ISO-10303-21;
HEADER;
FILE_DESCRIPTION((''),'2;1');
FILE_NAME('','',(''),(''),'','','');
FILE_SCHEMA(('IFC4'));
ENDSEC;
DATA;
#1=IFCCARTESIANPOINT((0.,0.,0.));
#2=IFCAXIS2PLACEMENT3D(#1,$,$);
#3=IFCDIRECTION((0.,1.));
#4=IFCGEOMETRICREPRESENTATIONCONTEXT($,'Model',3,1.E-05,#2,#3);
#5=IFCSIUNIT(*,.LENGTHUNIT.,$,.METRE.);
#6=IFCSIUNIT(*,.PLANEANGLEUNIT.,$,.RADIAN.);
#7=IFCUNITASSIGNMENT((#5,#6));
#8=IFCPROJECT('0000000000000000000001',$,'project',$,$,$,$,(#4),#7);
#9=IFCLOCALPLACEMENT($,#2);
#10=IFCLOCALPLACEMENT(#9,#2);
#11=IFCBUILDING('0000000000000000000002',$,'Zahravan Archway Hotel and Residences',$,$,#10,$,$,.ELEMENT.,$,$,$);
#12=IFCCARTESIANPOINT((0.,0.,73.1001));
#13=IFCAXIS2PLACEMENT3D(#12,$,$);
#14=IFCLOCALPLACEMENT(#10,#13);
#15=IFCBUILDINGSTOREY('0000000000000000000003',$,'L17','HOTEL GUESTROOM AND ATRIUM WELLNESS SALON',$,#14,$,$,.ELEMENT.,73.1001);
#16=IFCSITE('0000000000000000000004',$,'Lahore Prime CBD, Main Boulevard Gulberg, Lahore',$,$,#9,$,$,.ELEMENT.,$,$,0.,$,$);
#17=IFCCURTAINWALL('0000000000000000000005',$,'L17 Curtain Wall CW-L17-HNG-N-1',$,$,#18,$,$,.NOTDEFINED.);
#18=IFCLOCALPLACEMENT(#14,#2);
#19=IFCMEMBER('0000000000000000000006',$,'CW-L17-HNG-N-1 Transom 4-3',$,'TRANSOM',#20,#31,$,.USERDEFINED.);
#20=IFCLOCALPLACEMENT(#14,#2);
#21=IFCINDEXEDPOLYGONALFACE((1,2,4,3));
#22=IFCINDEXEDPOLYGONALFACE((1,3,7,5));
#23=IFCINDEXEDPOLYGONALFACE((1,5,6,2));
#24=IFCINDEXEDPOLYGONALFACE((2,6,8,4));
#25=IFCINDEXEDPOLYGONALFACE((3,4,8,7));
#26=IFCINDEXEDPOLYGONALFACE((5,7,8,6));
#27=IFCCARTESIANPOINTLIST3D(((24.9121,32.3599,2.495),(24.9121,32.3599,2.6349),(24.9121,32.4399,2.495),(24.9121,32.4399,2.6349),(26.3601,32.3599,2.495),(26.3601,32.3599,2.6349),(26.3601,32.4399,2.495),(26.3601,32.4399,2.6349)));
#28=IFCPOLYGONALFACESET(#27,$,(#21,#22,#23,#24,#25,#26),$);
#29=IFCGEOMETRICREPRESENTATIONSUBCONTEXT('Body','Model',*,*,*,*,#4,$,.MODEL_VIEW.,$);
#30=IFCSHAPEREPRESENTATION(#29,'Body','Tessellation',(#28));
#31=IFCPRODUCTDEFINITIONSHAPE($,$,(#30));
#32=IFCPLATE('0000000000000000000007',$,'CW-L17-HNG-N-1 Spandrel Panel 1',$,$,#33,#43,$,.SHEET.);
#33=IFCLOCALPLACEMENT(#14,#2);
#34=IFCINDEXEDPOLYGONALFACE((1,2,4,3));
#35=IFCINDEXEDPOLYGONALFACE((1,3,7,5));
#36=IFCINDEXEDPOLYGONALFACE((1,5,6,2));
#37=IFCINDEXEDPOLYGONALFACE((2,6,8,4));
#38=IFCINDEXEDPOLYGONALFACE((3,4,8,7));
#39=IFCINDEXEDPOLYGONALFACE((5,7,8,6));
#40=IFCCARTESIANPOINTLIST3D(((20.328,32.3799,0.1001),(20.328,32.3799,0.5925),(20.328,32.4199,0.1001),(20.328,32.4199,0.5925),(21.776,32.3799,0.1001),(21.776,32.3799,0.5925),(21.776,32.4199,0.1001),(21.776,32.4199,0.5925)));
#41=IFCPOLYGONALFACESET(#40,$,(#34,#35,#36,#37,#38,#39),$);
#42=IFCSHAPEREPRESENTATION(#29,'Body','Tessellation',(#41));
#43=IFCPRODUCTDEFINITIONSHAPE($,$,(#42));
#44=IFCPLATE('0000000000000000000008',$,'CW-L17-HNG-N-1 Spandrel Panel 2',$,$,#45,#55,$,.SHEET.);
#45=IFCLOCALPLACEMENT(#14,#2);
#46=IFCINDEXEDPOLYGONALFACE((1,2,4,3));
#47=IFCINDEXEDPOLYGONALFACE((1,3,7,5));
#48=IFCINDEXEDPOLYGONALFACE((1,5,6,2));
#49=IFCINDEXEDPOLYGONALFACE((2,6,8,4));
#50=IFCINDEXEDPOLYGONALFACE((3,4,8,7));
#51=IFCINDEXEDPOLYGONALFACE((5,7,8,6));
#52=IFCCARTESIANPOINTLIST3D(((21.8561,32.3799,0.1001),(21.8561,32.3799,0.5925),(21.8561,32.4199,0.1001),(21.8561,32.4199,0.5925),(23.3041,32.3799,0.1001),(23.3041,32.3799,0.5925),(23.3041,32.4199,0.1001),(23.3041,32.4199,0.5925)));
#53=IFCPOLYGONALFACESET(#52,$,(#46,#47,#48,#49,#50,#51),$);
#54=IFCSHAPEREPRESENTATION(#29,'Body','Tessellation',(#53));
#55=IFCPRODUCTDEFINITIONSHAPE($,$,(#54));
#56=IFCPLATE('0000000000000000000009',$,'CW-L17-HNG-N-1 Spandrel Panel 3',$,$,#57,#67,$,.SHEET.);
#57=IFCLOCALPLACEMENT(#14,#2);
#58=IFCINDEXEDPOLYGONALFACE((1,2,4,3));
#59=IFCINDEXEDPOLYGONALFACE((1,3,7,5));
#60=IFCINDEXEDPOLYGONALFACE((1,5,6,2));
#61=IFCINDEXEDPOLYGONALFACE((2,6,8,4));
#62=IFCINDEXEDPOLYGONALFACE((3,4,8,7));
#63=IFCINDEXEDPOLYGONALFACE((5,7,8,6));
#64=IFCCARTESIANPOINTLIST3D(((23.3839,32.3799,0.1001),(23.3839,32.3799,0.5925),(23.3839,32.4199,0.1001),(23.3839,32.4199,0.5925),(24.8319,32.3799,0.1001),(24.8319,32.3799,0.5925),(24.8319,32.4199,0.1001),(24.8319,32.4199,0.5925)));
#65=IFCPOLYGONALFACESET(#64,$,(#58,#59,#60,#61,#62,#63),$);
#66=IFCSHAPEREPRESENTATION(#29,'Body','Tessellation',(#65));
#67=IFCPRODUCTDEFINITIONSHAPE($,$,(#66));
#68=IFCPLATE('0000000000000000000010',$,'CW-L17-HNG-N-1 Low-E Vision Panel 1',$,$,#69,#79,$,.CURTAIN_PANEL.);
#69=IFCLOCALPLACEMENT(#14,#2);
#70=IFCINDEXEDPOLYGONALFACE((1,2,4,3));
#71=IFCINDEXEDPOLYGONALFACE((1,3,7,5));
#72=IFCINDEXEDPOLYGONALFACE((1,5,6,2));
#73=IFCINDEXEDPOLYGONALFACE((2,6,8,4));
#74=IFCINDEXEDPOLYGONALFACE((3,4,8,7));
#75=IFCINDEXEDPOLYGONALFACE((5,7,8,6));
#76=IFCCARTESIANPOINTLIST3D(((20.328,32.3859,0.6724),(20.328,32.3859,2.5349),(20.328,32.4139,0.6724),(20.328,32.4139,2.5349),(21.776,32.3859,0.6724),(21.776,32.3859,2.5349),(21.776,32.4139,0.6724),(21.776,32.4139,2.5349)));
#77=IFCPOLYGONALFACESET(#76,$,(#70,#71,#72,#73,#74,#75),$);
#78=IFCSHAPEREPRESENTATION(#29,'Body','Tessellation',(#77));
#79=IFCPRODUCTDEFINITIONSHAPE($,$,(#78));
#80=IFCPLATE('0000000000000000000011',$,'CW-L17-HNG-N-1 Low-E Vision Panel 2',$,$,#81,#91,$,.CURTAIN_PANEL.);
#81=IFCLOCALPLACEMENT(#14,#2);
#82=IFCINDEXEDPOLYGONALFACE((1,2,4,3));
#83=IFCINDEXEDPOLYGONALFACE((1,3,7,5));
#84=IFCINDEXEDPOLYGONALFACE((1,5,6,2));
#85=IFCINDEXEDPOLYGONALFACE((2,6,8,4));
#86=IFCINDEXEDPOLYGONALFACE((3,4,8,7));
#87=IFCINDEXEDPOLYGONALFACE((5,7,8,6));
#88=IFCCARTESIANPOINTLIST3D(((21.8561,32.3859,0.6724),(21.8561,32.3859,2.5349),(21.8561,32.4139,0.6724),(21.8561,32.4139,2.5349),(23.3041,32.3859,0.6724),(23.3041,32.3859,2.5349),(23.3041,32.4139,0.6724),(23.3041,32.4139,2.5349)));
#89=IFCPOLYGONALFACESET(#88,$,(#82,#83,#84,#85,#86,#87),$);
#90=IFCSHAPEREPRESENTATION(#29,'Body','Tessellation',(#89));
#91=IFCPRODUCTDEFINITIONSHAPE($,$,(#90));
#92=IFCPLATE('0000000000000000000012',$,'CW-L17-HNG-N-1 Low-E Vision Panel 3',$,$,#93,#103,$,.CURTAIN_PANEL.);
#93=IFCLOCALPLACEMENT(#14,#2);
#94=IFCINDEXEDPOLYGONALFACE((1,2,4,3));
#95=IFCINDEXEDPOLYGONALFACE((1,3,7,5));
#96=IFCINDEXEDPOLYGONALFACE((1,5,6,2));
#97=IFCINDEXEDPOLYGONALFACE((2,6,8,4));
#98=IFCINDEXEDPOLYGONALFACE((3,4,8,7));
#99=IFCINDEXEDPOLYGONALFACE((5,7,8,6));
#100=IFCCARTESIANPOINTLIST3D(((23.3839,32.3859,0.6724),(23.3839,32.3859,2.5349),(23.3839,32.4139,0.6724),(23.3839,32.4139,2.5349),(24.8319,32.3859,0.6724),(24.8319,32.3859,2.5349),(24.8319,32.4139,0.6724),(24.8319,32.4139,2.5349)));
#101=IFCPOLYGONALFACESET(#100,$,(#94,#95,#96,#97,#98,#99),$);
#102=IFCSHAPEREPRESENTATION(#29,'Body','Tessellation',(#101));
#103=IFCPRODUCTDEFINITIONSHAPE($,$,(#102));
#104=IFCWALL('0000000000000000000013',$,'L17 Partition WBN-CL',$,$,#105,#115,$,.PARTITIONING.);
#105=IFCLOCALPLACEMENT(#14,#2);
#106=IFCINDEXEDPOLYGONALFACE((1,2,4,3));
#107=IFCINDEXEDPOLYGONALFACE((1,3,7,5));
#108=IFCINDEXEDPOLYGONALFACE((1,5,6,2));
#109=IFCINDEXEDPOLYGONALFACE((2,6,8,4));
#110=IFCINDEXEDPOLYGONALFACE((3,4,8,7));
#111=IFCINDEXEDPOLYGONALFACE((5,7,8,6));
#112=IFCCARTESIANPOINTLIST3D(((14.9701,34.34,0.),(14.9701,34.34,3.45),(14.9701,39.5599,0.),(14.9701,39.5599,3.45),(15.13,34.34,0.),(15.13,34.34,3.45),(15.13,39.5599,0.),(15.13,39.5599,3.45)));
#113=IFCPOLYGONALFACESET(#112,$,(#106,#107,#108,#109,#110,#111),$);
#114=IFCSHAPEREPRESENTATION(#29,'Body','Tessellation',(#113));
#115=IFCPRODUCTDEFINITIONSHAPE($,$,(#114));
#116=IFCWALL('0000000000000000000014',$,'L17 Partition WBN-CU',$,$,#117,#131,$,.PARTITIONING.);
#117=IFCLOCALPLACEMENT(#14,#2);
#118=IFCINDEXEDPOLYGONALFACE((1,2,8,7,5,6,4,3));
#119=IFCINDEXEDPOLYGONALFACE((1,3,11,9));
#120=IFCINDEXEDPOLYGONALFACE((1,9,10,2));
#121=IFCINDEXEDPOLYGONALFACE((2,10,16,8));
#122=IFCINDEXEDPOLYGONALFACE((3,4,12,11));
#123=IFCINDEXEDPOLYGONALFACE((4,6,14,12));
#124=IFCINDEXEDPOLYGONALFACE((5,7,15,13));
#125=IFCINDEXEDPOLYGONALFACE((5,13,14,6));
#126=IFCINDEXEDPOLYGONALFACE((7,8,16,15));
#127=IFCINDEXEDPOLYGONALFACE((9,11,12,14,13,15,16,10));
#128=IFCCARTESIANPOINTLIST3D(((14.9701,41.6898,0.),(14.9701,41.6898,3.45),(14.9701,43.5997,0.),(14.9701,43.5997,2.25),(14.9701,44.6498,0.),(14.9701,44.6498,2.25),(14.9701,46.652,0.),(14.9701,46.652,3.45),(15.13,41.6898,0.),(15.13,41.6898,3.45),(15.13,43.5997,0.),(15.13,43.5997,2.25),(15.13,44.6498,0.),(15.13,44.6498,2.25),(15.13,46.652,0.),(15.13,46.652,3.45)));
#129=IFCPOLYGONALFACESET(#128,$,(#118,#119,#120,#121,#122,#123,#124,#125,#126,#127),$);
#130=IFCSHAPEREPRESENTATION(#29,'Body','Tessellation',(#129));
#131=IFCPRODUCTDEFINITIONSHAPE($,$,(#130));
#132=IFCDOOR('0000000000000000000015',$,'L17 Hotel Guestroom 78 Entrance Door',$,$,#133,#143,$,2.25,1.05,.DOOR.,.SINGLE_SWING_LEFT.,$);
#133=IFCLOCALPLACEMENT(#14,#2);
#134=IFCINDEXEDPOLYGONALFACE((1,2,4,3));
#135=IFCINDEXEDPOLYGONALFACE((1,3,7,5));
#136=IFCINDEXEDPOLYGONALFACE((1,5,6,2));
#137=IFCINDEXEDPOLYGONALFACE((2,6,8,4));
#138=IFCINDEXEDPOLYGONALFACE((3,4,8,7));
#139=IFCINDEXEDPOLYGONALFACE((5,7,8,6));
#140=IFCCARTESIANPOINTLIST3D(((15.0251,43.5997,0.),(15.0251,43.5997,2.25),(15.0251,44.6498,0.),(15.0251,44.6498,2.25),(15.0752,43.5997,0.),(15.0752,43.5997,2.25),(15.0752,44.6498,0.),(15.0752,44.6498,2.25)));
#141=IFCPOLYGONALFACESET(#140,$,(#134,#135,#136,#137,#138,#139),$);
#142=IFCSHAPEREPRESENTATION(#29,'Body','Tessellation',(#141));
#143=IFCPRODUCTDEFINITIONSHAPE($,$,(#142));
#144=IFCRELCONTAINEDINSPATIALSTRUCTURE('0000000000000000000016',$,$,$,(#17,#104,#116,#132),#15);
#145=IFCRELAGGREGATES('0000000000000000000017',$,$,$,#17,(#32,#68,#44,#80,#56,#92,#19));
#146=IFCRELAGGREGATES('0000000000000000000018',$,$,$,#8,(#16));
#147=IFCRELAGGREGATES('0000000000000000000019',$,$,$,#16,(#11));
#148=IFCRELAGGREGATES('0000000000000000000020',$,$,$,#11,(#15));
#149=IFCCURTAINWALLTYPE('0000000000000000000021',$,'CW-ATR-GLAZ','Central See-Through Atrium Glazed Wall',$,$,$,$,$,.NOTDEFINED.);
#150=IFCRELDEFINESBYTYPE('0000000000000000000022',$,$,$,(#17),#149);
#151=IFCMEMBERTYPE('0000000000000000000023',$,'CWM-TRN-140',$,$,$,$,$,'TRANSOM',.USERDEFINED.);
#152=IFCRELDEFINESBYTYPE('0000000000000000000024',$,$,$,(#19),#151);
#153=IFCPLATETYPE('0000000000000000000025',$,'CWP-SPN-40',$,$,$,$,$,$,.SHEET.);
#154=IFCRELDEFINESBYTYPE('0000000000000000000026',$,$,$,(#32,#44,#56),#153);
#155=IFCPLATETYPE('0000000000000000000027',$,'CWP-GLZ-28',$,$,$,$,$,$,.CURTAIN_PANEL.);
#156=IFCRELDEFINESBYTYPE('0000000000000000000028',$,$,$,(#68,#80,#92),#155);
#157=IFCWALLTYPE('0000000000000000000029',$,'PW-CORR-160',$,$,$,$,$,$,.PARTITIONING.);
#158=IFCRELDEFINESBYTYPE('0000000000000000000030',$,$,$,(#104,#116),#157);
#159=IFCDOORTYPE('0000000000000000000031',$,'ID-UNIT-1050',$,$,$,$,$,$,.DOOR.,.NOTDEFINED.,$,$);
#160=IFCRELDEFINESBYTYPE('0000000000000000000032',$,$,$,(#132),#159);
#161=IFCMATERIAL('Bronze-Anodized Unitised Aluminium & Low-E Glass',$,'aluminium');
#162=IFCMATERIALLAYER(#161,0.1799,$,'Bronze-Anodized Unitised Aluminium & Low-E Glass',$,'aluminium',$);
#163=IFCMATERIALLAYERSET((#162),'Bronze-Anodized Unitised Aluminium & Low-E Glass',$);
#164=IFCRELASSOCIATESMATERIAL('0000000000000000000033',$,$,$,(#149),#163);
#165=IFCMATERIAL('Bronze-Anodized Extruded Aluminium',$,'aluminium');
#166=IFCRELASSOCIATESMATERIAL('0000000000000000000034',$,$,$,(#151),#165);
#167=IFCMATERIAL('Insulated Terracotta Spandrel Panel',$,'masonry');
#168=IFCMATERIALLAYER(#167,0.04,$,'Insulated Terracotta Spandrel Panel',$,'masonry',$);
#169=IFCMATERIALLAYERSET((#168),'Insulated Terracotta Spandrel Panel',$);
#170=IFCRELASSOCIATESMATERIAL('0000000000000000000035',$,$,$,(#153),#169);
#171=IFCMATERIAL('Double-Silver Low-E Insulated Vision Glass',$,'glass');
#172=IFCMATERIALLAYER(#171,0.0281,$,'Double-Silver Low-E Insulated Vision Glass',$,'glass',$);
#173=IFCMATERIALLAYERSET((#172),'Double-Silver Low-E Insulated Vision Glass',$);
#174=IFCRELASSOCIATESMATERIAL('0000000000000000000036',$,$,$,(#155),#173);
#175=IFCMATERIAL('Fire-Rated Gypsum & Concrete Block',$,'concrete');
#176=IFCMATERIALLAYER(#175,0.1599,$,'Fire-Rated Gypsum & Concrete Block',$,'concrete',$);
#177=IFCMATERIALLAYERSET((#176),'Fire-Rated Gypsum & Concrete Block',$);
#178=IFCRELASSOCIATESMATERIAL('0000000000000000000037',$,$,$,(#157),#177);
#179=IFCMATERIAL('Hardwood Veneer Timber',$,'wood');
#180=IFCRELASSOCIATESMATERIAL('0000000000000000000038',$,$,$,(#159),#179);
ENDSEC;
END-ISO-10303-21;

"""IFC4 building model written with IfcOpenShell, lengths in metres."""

from ifc_helpers import new_model, si_unit, direction, frame, frame_2d, origin, origin_2d, place, context, subcontext, project, spatial, rectangle, extrude, source, transform, mapped, material, layer, layer_set, material_profile, profile_set, type_object, type_shapes, element, fill, aggregate, save


model = new_model("IFC4")

# Units and contexts
model_context = context("Model", 3, precision=1e-05, world=origin(), true_north=direction((0.0, 1.0)))
body_context = subcontext(model_context, "Body", "Model", "MODEL_VIEW")
ifc_project = project(units=[si_unit("LENGTHUNIT", "METRE"), si_unit("PLANEANGLEUNIT", "RADIAN")], contexts=[model_context])

# Site, building, storey
site_placement = place(None, origin())
site = spatial("IfcSite", under=ifc_project, at=site_placement, Name="Lahore Prime CBD, Main Boulevard Gulberg, Lahore", CompositionType="ELEMENT", RefElevation=0.0)
building_placement = place(site_placement, origin())
building = spatial("IfcBuilding", under=site, at=building_placement, Name="Zahravan Archway Hotel and Residences", CompositionType="ELEMENT")
storey_placement = place(building_placement, frame((0.0, 0.0, 73.1001)))
storey = spatial("IfcBuildingStorey", under=building, at=storey_placement, Name="L17", Description="HOTEL GUESTROOM AND ATRIUM WELLNESS SALON", CompositionType="ELEMENT", Elevation=73.1001)

# Curtain wall, member, plates
ifc_material_1 = material(Name="Bronze-Anodized Unitised Aluminium & Low-E Glass", Category="aluminium")
ifc_layer_1 = layer(ifc_material_1, 0.1799, Name="Bronze-Anodized Unitised Aluminium & Low-E Glass", Category="aluminium")
ifc_layer_set_1 = layer_set([ifc_layer_1], Name="Bronze-Anodized Unitised Aluminium & Low-E Glass")
curtain_wall_type = type_object("IfcCurtainWallType", Name="CW-ATR-GLAZ", Description="Central See-Through Atrium Glazed Wall", PredefinedType="NOTDEFINED", material=ifc_layer_set_1)
curtain_wall_placement = place(storey_placement, origin())
curtain_wall = element("IfcCurtainWall", 1, at=curtain_wall_placement, inside=storey, type_object=curtain_wall_type, Name="L17 Curtain Wall CW-L17-HNG-N-1", PredefinedType="NOTDEFINED")
ifc_material_2 = material(Name="Bronze-Anodized Extruded Aluminium", Category="aluminium")
ifc_material_profile_1 = material_profile(ifc_material_2, rectangle(XDim=0.0801, YDim=0.1399, at=origin_2d()), Name="TRN 80x140", Category="aluminium")
ifc_profile_set_1 = profile_set([ifc_material_profile_1], Name="Bronze-Anodized Extruded Aluminium")
member_type_1 = type_object("IfcMemberType", Name="CWM-TRN-140", ElementType="TRANSOM", PredefinedType="USERDEFINED", material=ifc_profile_set_1)
shared_shape_1 = source(origin(), body_context, "Body", "SweptSolid", [
    extrude(rectangle(XDim=0.0801, YDim=0.1399, at=origin_2d()), origin(), (0.0, 0.0, 1.0), 1.448),
])
member_1_placement = place(storey_placement, frame((24.9121, 32.3999, 2.5649), z_axis=(1.0, 0.0, 0.0), x_axis=(0.0, 1.0, 0.0)))
member_1 = element("IfcMember", 2, at=member_1_placement, type_object=member_type_1, Name="CW-L17-HNG-N-1 Transom 4-3", ObjectType="TRANSOM", PredefinedType="USERDEFINED", context=body_context, shape_type="MappedRepresentation", body=[
    mapped(shared_shape_1, transform((0.0, 0.0, 0.0), scale=1.0)),
])
ifc_material_3 = material(Name="Insulated Terracotta Spandrel Panel", Category="masonry")
ifc_layer_2 = layer(ifc_material_3, 0.04, Name="Insulated Terracotta Spandrel Panel", Category="masonry")
ifc_layer_set_2 = layer_set([ifc_layer_2], Name="Insulated Terracotta Spandrel Panel")
plate_type_1 = type_object("IfcPlateType", Name="CWP-SPN-40", PredefinedType="SHEET", material=ifc_layer_set_2)
shared_shape_2 = source(origin(), body_context, "Body", "SweptSolid", [
    extrude(rectangle(XDim=1.448, YDim=0.04, at=origin_2d()), origin(), (0.0, 0.0, 1.0), 0.4924),
])
plate_1_placement = place(storey_placement, frame((21.052, 32.3999, 0.1001), z_axis=(0.0, 0.0, 1.0), x_axis=(1.0, 0.0, 0.0)))
plate_1 = element("IfcPlate", 3, at=plate_1_placement, type_object=plate_type_1, Name="CW-L17-HNG-N-1 Spandrel Panel 1", PredefinedType="SHEET", context=body_context, shape_type="MappedRepresentation", body=[
    mapped(shared_shape_2, transform((0.0, 0.0, 0.0), scale=1.0)),
])
plate_2_placement = place(storey_placement, frame((22.5801, 32.3999, 0.1001), z_axis=(0.0, 0.0, 1.0), x_axis=(1.0, 0.0, 0.0)))
plate_2 = element("IfcPlate", 4, at=plate_2_placement, type_object=plate_type_1, Name="CW-L17-HNG-N-1 Spandrel Panel 2", PredefinedType="SHEET", context=body_context, shape_type="MappedRepresentation", body=[
    mapped(shared_shape_2, transform((0.0, 0.0, 0.0), scale=1.0)),
])
plate_3_placement = place(storey_placement, frame((24.1079, 32.3999, 0.1001), z_axis=(0.0, 0.0, 1.0), x_axis=(1.0, 0.0, 0.0)))
plate_3 = element("IfcPlate", 5, at=plate_3_placement, type_object=plate_type_1, Name="CW-L17-HNG-N-1 Spandrel Panel 3", PredefinedType="SHEET", context=body_context, shape_type="MappedRepresentation", body=[
    mapped(shared_shape_2, transform((0.0, 0.0, 0.0), scale=1.0)),
])
ifc_material_4 = material(Name="Double-Silver Low-E Insulated Vision Glass", Category="glass")
ifc_layer_3 = layer(ifc_material_4, 0.0281, Name="Double-Silver Low-E Insulated Vision Glass", Category="glass")
ifc_layer_set_3 = layer_set([ifc_layer_3], Name="Double-Silver Low-E Insulated Vision Glass")
plate_type_2 = type_object("IfcPlateType", Name="CWP-GLZ-28", PredefinedType="CURTAIN_PANEL", material=ifc_layer_set_3)
shared_shape_3 = source(origin(), body_context, "Body", "SweptSolid", [
    extrude(rectangle(XDim=1.448, YDim=0.0281, at=origin_2d()), origin(), (0.0, 0.0, 1.0), 1.8625),
])
plate_4_placement = place(storey_placement, frame((21.052, 32.3999, 0.6724), z_axis=(0.0, 0.0, 1.0), x_axis=(1.0, 0.0, 0.0)))
plate_4 = element("IfcPlate", 6, at=plate_4_placement, type_object=plate_type_2, Name="CW-L17-HNG-N-1 Low-E Vision Panel 1", PredefinedType="CURTAIN_PANEL", context=body_context, shape_type="MappedRepresentation", body=[
    mapped(shared_shape_3, transform((0.0, 0.0, 0.0), scale=1.0)),
])
plate_5_placement = place(storey_placement, frame((22.5801, 32.3999, 0.6724), z_axis=(0.0, 0.0, 1.0), x_axis=(1.0, 0.0, 0.0)))
plate_5 = element("IfcPlate", 7, at=plate_5_placement, type_object=plate_type_2, Name="CW-L17-HNG-N-1 Low-E Vision Panel 2", PredefinedType="CURTAIN_PANEL", context=body_context, shape_type="MappedRepresentation", body=[
    mapped(shared_shape_3, transform((0.0, 0.0, 0.0), scale=1.0)),
])
plate_6_placement = place(storey_placement, frame((24.1079, 32.3999, 0.6724), z_axis=(0.0, 0.0, 1.0), x_axis=(1.0, 0.0, 0.0)))
plate_6 = element("IfcPlate", 8, at=plate_6_placement, type_object=plate_type_2, Name="CW-L17-HNG-N-1 Low-E Vision Panel 3", PredefinedType="CURTAIN_PANEL", context=body_context, shape_type="MappedRepresentation", body=[
    mapped(shared_shape_3, transform((0.0, 0.0, 0.0), scale=1.0)),
])
aggregate(curtain_wall, [plate_1, plate_4, plate_2, plate_5, plate_3, plate_6, member_1])

# Wall
ifc_material_5 = material(Name="Fire-Rated Gypsum & Concrete Block", Category="concrete")
ifc_layer_4 = layer(ifc_material_5, 0.1599, Name="Fire-Rated Gypsum & Concrete Block", Category="concrete")
ifc_layer_set_4 = layer_set([ifc_layer_4], Name="Fire-Rated Gypsum & Concrete Block")
wall_type = type_object("IfcWallType", Name="PW-CORR-160", PredefinedType="PARTITIONING", material=ifc_layer_set_4)
wall_1_placement = place(storey_placement, frame((15.05, 34.3401, 0.0), z_axis=(0.0, 0.0, 1.0), x_axis=(0.0, 1.0, 0.0)))
element("IfcWall", 9, at=wall_1_placement, inside=storey, type_object=wall_type, Name="L17 Partition WBN-CL", PredefinedType="PARTITIONING", context=body_context, shape_type="SweptSolid", body=[
    extrude(rectangle(XDim=5.22, YDim=0.1599, at=frame_2d((2.6099, 0.0))), origin(), (0.0, 0.0, 1.0), 3.45),
])

# Wall, opening, door
wall_2_placement = place(storey_placement, frame((15.05, 41.6899, 0.0), z_axis=(0.0, 0.0, 1.0), x_axis=(0.0, 1.0, 0.0)))
wall_2 = element("IfcWall", 10, at=wall_2_placement, inside=storey, type_object=wall_type, Name="L17 Partition WBN-CU", PredefinedType="PARTITIONING", context=body_context, shape_type="SweptSolid", body=[
    extrude(rectangle(XDim=4.9622, YDim=0.1599, at=frame_2d((2.481, 0.0))), origin(), (0.0, 0.0, 1.0), 3.45),
])
opening_placement = place(wall_2_placement, frame((1.9099, 0.0, 0.0)))
opening = element("IfcOpeningElement", 11, at=opening_placement, cuts=wall_2, PredefinedType="OPENING", context=body_context, shape_type="SweptSolid", body=[
    extrude(rectangle(XDim=1.05, YDim=2.25, at=frame_2d((0.5249, 1.125))), frame((0.0, 0.0898, 0.0), z_axis=(0.0, -1.0, 0.0), x_axis=(1.0, 0.0, 0.0)), (0.0, 0.0, 1.0), 0.1799),
])
ifc_material_6 = material(Name="Hardwood Veneer Timber", Category="wood")
door_type = type_object("IfcDoorType", Name="ID-UNIT-1050", OperationType="NOTDEFINED", PredefinedType="DOOR", material=ifc_material_6)
shared_shape_4 = source(origin(), body_context, "Body", "SweptSolid", [
    extrude(rectangle(XDim=1.05, YDim=2.25, at=frame_2d((0.5249, 1.125))), frame((0.0, 0.0249, 0.0), z_axis=(0.0, -1.0, 0.0), x_axis=(1.0, 0.0, 0.0)), (0.0, 0.0, 1.0), 0.05),
])
type_shapes(door_type, [shared_shape_4])
door_placement = place(opening_placement, origin())
door = element("IfcDoor", 12, at=door_placement, inside=storey, type_object=door_type, Name="L17 Hotel Guestroom 78 Entrance Door", OperationType="SINGLE_SWING_LEFT", OverallHeight=2.25, OverallWidth=1.05, PredefinedType="DOOR", context=body_context, shape_type="MappedRepresentation", body=[
    mapped(shared_shape_4, transform((0.0, 0.0, 0.0), scale=1.0)),
])
fill(opening, door)

save(model, "model.ifc")
